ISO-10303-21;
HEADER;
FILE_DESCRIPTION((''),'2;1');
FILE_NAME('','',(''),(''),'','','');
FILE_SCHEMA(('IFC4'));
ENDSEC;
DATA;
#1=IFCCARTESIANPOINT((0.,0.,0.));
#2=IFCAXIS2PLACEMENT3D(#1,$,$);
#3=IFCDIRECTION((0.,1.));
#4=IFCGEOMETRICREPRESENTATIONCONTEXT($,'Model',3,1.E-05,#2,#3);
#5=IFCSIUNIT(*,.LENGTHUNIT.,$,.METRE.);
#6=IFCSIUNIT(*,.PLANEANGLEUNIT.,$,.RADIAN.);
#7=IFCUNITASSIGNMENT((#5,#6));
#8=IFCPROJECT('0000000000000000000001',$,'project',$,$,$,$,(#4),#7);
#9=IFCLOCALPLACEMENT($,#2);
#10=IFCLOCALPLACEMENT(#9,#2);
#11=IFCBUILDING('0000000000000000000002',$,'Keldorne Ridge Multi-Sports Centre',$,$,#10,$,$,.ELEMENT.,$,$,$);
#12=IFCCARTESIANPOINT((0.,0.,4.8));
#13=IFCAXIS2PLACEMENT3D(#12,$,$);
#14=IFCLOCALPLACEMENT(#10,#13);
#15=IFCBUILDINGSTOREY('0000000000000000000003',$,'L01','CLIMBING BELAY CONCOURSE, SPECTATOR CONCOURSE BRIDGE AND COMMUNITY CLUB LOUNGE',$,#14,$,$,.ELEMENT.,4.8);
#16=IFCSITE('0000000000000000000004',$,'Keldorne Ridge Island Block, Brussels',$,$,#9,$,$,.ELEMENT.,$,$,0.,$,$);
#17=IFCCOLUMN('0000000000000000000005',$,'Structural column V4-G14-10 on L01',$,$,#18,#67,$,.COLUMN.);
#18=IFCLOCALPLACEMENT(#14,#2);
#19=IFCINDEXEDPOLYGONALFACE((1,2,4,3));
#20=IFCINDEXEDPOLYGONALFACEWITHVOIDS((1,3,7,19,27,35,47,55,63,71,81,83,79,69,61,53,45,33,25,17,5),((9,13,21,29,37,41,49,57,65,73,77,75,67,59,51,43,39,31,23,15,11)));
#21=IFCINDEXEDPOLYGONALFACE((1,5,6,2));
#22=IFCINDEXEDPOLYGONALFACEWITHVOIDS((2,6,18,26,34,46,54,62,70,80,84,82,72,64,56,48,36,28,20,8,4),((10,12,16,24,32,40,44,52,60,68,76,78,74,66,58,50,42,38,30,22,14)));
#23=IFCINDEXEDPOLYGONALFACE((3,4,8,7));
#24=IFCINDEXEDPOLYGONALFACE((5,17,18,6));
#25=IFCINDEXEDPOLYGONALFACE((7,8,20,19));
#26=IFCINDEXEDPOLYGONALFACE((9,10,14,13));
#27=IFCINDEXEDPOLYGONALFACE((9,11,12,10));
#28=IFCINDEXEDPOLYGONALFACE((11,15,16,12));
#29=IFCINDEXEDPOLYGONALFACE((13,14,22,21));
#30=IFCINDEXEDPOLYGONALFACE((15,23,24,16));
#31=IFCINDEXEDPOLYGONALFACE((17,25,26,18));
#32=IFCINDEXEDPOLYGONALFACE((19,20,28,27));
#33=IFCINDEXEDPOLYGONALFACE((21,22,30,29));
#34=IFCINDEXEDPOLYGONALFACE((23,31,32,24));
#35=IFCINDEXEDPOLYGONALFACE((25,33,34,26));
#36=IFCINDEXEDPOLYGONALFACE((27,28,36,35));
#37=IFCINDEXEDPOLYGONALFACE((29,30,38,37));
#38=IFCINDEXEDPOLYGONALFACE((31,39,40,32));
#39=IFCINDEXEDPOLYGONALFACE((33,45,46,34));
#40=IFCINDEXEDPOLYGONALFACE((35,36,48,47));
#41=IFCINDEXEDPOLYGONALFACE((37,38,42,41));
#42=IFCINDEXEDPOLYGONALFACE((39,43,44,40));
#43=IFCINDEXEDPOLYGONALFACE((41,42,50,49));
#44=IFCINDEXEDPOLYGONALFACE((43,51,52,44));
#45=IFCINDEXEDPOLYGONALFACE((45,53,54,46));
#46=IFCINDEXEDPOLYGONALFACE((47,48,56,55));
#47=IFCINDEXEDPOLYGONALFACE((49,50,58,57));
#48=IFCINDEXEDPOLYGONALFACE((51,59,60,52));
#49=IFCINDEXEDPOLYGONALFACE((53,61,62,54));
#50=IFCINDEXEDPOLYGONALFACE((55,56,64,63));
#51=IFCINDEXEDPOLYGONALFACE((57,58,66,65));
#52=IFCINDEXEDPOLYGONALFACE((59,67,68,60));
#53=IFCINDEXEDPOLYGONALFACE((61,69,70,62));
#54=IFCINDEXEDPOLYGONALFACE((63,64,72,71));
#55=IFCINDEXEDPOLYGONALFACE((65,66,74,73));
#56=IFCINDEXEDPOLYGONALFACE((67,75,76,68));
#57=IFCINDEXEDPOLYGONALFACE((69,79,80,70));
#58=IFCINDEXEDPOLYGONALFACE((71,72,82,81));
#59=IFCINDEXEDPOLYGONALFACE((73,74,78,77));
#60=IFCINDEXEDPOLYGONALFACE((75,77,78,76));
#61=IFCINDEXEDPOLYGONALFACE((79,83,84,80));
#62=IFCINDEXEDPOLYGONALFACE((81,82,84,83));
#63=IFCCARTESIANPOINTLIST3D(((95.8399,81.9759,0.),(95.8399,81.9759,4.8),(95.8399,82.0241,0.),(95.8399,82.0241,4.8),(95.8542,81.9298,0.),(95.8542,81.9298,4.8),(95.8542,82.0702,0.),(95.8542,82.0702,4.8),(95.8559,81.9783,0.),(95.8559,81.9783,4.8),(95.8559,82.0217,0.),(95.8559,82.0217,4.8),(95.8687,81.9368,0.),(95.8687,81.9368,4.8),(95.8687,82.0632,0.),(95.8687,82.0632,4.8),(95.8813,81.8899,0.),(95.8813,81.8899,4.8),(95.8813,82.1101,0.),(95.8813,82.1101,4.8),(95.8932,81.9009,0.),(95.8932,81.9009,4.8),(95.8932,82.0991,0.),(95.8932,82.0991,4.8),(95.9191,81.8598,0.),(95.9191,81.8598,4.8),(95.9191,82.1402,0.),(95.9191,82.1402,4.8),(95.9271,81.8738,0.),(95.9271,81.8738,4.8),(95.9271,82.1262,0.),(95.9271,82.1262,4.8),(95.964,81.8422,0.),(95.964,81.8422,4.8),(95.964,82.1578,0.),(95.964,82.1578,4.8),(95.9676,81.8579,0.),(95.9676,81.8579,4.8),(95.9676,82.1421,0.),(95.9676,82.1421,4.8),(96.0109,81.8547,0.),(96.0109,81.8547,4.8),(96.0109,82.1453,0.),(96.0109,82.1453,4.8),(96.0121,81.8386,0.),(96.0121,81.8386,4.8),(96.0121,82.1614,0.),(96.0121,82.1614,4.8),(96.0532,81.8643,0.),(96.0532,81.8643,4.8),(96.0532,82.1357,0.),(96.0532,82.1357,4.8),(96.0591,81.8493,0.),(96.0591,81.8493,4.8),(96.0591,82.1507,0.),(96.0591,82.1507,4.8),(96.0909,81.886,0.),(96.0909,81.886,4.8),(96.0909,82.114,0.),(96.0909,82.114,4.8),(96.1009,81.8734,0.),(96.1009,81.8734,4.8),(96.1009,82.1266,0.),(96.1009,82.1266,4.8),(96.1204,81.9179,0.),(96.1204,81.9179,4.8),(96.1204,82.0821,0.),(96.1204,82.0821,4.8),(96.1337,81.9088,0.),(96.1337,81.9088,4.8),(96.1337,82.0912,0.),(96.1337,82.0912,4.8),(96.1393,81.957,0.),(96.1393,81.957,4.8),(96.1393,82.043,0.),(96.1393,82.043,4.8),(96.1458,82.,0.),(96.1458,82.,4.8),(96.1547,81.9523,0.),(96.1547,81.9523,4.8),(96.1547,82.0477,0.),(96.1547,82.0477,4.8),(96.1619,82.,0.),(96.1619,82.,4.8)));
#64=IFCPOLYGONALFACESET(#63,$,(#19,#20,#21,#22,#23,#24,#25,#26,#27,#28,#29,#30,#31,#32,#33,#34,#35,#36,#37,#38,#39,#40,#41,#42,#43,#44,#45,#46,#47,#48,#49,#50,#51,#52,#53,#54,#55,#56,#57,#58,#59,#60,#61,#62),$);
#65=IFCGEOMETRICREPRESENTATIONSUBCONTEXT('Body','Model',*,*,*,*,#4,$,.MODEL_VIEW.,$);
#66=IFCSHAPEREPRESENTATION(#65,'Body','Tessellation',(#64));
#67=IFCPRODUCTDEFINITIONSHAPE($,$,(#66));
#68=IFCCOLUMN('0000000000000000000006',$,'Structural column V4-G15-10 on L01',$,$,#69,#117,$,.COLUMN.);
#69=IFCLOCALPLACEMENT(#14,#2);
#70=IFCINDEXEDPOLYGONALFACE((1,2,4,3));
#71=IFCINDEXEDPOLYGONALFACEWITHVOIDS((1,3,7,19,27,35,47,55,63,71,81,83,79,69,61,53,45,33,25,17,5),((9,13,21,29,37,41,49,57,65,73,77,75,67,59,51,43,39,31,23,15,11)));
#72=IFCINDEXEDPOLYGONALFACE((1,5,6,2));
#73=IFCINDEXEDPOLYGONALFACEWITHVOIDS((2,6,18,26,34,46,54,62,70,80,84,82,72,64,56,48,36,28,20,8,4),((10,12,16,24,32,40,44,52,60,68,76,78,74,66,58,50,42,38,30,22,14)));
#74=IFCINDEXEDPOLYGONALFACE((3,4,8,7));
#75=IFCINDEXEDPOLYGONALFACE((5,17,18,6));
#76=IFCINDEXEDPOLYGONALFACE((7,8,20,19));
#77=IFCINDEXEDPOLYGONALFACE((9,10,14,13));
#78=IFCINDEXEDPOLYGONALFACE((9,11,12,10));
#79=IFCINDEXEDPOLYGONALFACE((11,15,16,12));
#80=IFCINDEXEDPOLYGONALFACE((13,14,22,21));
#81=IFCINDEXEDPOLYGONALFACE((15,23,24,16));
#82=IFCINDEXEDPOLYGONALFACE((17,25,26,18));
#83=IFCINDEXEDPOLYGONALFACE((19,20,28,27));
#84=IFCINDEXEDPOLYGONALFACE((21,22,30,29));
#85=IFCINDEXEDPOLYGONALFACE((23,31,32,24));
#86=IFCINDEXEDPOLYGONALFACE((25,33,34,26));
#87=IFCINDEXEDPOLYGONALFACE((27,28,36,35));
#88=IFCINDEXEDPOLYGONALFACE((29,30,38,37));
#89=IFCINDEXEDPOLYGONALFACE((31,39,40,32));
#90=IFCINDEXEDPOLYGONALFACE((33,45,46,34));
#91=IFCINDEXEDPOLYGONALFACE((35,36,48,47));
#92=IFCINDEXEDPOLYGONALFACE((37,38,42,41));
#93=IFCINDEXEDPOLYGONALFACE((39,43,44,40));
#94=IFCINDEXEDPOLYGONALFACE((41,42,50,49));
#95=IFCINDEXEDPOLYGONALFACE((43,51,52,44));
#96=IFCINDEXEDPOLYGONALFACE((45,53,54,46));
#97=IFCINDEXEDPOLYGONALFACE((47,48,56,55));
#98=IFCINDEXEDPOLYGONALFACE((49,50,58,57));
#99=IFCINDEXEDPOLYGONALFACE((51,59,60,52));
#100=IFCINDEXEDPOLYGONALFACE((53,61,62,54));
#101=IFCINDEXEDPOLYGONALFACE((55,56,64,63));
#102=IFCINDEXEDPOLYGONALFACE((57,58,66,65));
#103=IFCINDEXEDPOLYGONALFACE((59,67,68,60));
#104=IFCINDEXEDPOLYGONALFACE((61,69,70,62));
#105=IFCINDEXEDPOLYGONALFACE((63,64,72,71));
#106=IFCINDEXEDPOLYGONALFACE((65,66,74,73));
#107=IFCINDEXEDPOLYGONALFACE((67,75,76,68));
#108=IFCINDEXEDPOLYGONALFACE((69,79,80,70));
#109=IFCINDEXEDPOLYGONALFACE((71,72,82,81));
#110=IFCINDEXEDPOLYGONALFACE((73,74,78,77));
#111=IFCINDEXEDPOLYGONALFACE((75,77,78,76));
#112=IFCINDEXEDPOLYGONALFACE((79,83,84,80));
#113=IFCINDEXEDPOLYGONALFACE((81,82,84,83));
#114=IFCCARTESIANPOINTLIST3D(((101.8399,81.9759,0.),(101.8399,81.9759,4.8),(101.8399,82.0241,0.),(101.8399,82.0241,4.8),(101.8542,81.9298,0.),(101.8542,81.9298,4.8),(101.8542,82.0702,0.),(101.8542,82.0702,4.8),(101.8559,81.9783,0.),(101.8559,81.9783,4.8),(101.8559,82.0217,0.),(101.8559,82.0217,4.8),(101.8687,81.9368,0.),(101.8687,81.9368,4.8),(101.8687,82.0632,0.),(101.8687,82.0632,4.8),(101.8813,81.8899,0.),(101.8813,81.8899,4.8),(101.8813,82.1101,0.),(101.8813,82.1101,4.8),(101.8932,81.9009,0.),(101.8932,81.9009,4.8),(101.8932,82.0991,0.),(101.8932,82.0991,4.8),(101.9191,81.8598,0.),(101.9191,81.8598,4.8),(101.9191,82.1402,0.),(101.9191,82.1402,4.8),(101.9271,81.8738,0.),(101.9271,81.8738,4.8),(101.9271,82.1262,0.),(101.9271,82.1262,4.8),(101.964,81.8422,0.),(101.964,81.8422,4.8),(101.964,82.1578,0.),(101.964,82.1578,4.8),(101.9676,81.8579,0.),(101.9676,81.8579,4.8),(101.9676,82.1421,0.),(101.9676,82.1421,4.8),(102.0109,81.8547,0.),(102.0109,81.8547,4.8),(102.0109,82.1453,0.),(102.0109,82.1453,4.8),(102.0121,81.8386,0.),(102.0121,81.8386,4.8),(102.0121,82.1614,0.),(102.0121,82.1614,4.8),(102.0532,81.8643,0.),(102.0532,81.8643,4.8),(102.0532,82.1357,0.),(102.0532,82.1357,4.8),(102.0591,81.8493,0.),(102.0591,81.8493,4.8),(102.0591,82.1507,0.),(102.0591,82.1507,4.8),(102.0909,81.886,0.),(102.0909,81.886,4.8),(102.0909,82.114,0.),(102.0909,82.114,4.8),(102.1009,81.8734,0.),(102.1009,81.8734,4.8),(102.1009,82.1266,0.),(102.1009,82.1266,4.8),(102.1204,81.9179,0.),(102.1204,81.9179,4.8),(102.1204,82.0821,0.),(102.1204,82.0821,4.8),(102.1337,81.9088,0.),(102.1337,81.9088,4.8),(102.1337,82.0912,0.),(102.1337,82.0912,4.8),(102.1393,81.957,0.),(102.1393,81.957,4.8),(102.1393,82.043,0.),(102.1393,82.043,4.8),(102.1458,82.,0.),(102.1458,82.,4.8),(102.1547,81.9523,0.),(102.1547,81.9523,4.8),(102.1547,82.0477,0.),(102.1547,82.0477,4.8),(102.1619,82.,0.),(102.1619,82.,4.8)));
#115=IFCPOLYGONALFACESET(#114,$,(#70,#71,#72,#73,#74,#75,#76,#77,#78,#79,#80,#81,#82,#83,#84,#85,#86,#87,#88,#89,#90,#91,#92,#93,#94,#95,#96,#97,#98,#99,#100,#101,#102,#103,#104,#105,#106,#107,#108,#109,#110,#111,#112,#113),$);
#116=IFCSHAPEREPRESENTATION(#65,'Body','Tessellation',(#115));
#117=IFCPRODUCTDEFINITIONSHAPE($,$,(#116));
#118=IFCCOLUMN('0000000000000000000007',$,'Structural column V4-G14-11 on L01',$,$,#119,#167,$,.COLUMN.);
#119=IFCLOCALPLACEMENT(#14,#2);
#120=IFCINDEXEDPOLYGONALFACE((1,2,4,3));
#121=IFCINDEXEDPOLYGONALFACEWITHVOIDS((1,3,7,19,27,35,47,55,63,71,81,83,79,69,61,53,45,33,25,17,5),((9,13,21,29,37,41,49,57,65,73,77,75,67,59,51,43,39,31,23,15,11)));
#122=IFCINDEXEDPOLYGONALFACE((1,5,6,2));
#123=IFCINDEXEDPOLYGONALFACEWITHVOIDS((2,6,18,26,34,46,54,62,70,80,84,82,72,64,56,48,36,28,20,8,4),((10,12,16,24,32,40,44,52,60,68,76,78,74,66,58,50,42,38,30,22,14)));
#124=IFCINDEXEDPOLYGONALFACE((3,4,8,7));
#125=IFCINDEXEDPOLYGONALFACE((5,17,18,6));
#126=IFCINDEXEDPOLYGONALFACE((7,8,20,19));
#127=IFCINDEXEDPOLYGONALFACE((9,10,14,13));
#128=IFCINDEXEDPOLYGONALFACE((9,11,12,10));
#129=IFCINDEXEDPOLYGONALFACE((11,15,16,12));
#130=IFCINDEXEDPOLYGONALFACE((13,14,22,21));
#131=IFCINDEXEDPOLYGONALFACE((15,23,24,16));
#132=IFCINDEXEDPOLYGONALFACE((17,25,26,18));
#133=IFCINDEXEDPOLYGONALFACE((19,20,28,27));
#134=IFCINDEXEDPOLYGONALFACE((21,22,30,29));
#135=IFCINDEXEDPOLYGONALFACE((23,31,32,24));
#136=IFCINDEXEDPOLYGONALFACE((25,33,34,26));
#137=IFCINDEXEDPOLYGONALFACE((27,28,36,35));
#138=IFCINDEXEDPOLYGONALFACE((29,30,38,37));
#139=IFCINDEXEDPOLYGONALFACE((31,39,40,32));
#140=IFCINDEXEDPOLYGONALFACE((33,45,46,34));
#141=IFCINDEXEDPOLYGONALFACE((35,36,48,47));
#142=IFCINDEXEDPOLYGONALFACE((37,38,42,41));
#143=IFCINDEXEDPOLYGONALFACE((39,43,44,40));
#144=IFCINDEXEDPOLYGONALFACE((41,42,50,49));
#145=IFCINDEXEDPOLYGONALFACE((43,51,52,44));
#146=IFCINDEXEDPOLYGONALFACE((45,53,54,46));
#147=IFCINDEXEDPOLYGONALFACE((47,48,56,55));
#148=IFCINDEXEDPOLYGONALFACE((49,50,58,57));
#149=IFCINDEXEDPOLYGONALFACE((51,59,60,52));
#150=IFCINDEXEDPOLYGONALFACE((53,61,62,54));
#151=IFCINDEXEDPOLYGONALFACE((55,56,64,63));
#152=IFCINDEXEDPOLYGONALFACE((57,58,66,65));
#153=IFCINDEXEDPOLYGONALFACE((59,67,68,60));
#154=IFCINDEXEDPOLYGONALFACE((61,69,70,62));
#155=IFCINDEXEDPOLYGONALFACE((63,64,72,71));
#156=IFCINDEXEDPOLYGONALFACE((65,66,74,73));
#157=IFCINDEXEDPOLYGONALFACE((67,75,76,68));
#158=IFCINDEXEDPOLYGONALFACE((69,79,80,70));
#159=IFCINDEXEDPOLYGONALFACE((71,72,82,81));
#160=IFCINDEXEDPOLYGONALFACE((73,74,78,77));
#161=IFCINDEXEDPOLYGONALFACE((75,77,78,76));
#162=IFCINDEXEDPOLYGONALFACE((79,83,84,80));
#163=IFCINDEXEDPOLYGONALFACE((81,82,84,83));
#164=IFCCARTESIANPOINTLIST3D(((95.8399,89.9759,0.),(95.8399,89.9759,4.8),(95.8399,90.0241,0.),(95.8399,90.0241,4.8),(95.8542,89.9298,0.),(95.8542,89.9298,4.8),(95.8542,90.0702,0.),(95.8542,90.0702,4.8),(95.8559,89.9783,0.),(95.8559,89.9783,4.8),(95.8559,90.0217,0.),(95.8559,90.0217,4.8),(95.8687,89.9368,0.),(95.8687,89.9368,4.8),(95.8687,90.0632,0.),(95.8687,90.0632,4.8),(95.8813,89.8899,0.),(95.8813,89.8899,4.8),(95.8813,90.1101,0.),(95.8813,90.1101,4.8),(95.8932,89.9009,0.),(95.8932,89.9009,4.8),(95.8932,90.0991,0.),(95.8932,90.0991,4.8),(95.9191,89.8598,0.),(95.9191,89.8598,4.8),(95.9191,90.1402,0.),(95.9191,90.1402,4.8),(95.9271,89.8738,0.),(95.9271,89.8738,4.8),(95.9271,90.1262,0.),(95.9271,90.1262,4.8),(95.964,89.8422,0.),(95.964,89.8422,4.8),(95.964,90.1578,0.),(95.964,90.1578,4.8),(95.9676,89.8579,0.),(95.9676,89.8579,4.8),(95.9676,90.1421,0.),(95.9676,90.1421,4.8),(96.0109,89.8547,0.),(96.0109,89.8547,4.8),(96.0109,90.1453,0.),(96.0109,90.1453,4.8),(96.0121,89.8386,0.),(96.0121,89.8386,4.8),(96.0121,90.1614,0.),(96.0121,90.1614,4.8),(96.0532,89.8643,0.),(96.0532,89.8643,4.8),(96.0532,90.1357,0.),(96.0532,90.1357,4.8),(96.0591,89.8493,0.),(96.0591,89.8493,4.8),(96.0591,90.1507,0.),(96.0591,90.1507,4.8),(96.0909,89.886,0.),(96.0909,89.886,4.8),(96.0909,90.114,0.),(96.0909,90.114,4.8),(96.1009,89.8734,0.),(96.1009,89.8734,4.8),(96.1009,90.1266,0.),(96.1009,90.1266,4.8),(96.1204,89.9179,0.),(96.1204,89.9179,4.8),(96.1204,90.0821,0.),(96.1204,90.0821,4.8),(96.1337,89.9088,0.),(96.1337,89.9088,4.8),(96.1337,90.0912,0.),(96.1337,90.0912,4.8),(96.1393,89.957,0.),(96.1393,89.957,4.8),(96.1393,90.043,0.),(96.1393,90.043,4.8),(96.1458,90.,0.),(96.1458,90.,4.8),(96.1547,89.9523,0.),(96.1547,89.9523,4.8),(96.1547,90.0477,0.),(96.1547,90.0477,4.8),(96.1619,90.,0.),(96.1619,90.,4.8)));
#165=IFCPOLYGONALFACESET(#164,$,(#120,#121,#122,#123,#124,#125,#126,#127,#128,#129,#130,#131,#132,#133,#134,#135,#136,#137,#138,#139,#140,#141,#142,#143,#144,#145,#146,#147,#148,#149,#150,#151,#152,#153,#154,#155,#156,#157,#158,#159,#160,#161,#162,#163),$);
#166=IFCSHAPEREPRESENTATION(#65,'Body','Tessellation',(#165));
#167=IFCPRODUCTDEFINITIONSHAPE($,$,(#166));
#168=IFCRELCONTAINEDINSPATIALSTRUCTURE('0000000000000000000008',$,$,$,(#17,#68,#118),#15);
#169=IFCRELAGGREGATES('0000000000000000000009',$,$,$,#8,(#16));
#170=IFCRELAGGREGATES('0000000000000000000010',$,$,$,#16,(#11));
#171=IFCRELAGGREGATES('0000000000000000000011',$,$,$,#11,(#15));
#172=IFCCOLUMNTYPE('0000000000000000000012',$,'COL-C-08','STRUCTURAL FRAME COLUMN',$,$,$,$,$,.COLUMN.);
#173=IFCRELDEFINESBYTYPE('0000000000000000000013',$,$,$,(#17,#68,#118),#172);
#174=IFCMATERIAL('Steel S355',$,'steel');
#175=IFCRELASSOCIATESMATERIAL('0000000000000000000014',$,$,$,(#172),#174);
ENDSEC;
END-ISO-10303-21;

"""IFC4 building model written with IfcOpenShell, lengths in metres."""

from ifc_helpers import new_model, si_unit, direction, frame, origin, origin_2d, place, context, subcontext, project, spatial, hollow_circle, extrude, material, material_profile, profile_set, type_object, element, save


model = new_model("IFC4")

# Units and contexts
model_context = context("Model", 3, precision=1e-05, world=origin(), true_north=direction((0.0, 1.0)))
body_context = subcontext(model_context, "Body", "Model", "MODEL_VIEW")
ifc_project = project(units=[si_unit("LENGTHUNIT", "METRE"), si_unit("PLANEANGLEUNIT", "RADIAN")], contexts=[model_context])

# Site, building, storey
site_placement = place(None, origin())
site = spatial("IfcSite", under=ifc_project, at=site_placement, Name="Keldorne Ridge Island Block, Brussels", CompositionType="ELEMENT", RefElevation=0.0)
building_placement = place(site_placement, origin())
building = spatial("IfcBuilding", under=site, at=building_placement, Name="Keldorne Ridge Multi-Sports Centre", CompositionType="ELEMENT")
storey_placement = place(building_placement, frame((0.0, 0.0, 4.8)))
storey = spatial("IfcBuildingStorey", under=building, at=storey_placement, Name="L01", Description="CLIMBING BELAY CONCOURSE, SPECTATOR CONCOURSE BRIDGE AND COMMUNITY CLUB LOUNGE", CompositionType="ELEMENT", Elevation=4.8)

# Columns
ifc_material_1 = material(Name="Steel S355", Category="steel")
ifc_material_profile_1 = material_profile(ifc_material_1, hollow_circle(Radius=0.1619, WallThickness=0.0161, at=origin_2d()), Name="CHS 323.9x16")
ifc_profile_set_1 = profile_set([ifc_material_profile_1], Name="Steel S355")
column_type_1 = type_object("IfcColumnType", Name="COL-C-08", Description="STRUCTURAL FRAME COLUMN", PredefinedType="COLUMN", material=ifc_profile_set_1)
for number, where, z_axis, x_axis, name in (
    (1, (96.0, 82.0, 0.0), (0.0, 0.0, 1.0), (1.0, 0.0, 0.0), "Structural column V4-G14-10 on L01"),
    (2, (102.0, 82.0, 0.0), (0.0, 0.0, 1.0), (1.0, 0.0, 0.0), "Structural column V4-G15-10 on L01"),
    (3, (96.0, 90.0, 0.0), (0.0, 0.0, 1.0), (1.0, 0.0, 0.0), "Structural column V4-G14-11 on L01"),
):
    element("IfcColumn", number, at=place(storey_placement, frame(where, z_axis=z_axis, x_axis=x_axis)), inside=storey, type_object=column_type_1, Name=name, PredefinedType="COLUMN", context=body_context, shape_type="SweptSolid", body=[
        extrude(hollow_circle(Radius=0.1619, WallThickness=0.0161, at=origin_2d()), origin(), (0.0, 0.0, 1.0), 4.8),
    ])

save(model, "model.ifc")
